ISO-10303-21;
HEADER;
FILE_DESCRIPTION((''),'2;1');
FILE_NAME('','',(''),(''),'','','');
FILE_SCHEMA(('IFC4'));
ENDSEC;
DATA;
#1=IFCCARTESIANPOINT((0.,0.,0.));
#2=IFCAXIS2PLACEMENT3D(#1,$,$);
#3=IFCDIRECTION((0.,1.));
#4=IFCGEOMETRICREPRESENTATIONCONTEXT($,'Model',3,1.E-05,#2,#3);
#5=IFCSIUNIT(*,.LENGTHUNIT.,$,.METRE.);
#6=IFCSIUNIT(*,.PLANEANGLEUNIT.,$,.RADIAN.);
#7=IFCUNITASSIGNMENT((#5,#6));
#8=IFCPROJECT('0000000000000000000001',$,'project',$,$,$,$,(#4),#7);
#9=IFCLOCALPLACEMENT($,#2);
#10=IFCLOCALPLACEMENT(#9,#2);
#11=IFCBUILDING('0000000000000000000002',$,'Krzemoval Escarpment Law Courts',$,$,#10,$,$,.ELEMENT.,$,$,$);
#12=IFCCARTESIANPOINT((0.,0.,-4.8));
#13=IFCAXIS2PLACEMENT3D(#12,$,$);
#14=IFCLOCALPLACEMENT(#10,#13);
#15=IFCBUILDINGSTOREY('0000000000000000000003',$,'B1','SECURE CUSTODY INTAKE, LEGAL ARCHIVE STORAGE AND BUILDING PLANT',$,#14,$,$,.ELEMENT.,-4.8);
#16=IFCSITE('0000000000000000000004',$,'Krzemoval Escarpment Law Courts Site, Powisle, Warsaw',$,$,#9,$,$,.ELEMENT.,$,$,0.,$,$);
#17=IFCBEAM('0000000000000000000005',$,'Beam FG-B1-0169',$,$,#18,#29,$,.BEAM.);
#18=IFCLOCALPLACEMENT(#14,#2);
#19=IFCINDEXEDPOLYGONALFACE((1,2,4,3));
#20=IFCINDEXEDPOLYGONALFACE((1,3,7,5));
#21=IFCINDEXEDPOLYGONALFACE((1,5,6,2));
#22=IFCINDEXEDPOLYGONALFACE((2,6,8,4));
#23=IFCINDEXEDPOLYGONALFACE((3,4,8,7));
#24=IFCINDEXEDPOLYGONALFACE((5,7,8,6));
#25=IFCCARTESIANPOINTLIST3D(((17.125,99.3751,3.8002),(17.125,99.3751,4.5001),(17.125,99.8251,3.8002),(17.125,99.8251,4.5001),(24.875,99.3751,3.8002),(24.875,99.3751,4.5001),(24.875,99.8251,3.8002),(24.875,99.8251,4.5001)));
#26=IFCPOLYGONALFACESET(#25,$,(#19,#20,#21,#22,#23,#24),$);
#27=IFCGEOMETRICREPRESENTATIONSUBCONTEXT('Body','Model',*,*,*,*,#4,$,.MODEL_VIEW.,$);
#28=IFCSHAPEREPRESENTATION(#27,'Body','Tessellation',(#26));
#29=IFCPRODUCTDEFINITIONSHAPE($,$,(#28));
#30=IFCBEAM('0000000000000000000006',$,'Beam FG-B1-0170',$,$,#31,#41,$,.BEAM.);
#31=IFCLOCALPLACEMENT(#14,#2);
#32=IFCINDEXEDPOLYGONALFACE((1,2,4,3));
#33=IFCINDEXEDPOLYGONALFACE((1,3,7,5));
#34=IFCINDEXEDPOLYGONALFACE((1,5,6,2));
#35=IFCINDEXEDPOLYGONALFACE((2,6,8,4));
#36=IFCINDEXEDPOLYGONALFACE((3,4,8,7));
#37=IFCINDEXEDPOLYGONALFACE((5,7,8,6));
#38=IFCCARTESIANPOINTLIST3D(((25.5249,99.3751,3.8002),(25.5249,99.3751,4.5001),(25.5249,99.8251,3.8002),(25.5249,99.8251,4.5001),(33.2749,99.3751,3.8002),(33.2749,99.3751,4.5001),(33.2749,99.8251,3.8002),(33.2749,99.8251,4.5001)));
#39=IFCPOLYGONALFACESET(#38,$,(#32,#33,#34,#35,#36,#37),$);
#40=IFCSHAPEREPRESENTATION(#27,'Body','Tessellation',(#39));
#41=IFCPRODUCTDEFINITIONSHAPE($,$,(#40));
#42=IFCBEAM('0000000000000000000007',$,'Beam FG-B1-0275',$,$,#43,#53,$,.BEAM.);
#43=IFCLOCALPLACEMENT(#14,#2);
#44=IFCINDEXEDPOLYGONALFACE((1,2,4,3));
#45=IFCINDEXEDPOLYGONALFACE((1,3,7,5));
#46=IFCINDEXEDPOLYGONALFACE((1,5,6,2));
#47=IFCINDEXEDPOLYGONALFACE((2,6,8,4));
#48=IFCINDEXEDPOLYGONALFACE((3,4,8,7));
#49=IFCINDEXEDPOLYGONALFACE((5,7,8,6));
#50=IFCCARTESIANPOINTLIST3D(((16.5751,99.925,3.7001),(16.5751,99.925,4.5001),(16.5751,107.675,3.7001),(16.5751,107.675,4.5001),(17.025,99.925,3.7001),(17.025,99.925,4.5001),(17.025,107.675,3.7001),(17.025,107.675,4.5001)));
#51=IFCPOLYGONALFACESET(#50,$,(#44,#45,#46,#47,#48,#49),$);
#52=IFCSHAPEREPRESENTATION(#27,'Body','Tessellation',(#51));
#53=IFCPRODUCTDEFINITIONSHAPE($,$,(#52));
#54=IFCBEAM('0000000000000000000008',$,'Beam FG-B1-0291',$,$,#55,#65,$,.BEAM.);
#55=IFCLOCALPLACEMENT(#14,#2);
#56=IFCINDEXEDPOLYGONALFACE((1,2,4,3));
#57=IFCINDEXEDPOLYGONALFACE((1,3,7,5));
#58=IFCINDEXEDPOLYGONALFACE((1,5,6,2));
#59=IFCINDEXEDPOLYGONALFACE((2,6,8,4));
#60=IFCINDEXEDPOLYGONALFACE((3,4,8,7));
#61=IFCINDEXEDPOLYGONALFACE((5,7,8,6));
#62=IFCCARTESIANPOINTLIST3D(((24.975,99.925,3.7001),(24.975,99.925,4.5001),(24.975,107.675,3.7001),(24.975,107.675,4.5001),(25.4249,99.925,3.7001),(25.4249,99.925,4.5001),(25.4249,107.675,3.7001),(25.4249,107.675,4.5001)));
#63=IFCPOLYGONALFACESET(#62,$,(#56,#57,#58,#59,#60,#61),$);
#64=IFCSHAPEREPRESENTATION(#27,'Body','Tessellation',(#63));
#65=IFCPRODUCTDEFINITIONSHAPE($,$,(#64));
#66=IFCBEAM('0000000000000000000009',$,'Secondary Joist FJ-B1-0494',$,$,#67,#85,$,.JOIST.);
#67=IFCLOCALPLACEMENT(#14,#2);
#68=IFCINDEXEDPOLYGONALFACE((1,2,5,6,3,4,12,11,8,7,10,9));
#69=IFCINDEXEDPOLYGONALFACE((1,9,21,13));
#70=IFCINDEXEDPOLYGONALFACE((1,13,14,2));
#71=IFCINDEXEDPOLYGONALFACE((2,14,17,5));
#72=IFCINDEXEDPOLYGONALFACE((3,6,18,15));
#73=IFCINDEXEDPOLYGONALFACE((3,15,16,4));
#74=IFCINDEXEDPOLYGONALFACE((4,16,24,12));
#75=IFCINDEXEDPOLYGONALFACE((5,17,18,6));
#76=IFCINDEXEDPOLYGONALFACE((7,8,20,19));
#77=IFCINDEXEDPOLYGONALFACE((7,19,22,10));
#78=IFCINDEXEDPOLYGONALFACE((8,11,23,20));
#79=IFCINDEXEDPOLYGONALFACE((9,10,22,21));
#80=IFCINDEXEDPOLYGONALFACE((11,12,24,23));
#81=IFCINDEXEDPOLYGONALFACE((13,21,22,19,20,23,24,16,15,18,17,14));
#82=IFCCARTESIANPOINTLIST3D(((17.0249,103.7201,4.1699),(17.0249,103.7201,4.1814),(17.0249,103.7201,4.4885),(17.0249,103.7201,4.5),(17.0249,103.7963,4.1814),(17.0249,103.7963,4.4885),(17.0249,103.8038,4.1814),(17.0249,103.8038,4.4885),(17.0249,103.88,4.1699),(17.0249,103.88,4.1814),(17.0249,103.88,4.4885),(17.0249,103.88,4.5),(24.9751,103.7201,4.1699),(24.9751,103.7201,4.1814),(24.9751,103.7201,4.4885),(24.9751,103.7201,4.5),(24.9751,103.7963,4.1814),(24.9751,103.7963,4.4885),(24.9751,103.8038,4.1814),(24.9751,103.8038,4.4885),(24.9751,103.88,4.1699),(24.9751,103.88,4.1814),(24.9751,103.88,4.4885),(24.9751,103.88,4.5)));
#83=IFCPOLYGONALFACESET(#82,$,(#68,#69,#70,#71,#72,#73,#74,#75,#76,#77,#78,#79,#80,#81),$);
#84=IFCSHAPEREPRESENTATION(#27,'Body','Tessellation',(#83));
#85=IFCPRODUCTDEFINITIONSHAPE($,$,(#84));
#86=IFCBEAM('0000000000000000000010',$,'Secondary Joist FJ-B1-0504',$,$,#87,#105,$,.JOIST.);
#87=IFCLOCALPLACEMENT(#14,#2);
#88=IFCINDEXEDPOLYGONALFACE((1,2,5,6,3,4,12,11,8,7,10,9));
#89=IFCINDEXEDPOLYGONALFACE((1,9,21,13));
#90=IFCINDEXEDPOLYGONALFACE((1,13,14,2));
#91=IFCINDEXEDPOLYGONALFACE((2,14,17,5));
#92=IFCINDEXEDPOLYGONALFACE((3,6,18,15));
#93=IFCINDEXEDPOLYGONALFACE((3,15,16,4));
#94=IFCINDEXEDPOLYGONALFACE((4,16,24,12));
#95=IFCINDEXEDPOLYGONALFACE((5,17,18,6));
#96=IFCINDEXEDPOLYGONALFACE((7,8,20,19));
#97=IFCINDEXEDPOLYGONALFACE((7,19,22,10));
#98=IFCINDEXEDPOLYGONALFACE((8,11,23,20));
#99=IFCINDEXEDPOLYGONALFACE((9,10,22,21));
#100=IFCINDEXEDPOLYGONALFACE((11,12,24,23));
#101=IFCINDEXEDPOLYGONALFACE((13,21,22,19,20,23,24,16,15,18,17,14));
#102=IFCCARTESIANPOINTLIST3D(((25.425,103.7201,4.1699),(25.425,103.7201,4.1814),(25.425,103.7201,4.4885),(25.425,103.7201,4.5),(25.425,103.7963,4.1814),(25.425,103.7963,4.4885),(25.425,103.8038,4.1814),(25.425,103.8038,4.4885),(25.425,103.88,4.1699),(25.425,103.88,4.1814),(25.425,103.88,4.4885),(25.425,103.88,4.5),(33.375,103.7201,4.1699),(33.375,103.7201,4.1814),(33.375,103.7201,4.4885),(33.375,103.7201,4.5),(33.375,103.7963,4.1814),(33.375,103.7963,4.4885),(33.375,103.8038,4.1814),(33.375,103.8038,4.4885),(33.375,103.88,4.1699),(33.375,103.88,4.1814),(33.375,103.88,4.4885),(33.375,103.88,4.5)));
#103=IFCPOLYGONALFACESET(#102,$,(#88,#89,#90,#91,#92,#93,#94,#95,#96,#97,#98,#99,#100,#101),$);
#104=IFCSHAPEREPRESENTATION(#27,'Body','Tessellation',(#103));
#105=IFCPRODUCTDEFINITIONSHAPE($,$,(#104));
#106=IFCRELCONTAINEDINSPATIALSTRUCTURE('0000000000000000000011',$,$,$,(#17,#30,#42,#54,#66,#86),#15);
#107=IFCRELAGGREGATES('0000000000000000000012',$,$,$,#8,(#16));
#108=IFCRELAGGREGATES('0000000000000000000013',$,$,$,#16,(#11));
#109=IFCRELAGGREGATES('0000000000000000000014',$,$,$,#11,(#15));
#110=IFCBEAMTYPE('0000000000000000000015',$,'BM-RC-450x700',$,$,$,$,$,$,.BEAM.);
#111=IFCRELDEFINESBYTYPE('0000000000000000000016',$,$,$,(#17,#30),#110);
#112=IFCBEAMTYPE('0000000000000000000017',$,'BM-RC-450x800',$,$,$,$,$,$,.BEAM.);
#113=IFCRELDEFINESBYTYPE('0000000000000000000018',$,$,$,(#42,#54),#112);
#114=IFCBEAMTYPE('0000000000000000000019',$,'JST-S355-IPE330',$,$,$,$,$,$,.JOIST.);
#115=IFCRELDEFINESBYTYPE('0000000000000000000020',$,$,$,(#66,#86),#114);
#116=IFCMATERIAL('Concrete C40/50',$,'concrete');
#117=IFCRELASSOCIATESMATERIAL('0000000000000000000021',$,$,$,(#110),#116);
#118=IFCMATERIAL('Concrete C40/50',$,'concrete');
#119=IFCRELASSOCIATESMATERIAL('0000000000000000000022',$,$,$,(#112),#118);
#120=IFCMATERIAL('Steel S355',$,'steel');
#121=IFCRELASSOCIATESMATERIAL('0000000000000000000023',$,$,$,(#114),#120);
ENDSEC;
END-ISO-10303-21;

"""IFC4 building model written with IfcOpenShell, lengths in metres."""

from ifc_helpers import new_model, si_unit, direction, frame, origin, origin_2d, place, context, subcontext, project, spatial, rectangle, i_section, extrude, material, material_profile, profile_set, type_object, element, save


model = new_model("IFC4")

# Units and contexts
model_context = context("Model", 3, precision=1e-05, world=origin(), true_north=direction((0.0, 1.0)))
body_context = subcontext(model_context, "Body", "Model", "MODEL_VIEW")
ifc_project = project(units=[si_unit("LENGTHUNIT", "METRE"), si_unit("PLANEANGLEUNIT", "RADIAN")], contexts=[model_context])

# Site, building, storey
site_placement = place(None, origin())
site = spatial("IfcSite", under=ifc_project, at=site_placement, Name="Krzemoval Escarpment Law Courts Site, Powisle, Warsaw", CompositionType="ELEMENT", RefElevation=0.0)
building_placement = place(site_placement, origin())
building = spatial("IfcBuilding", under=site, at=building_placement, Name="Krzemoval Escarpment Law Courts", CompositionType="ELEMENT")
storey_placement = place(building_placement, frame((0.0, 0.0, -4.8)))
storey = spatial("IfcBuildingStorey", under=building, at=storey_placement, Name="B1", Description="SECURE CUSTODY INTAKE, LEGAL ARCHIVE STORAGE AND BUILDING PLANT", CompositionType="ELEMENT", Elevation=-4.8)

# Beams
ifc_material_1 = material(Name="Concrete C40/50", Category="concrete")
ifc_material_profile_1 = material_profile(ifc_material_1, rectangle(XDim=0.45, YDim=0.7, at=origin_2d()), Name="RCB 450x700")
ifc_profile_set_1 = profile_set([ifc_material_profile_1], Name="Concrete C40/50")
beam_type_1 = type_object("IfcBeamType", Name="BM-RC-450x700", PredefinedType="BEAM", material=ifc_profile_set_1)
for number, where, z_axis, x_axis, name in (
    (1, (17.125, 99.6001, 4.1501), (1.0, 0.0, 0.0), (0.0, 1.0, 0.0), "Beam FG-B1-0169"),
    (2, (25.5249, 99.6001, 4.1501), (1.0, 0.0, 0.0), (0.0, 1.0, 0.0), "Beam FG-B1-0170"),
):
    element("IfcBeam", number, at=place(storey_placement, frame(where, z_axis=z_axis, x_axis=x_axis)), inside=storey, type_object=beam_type_1, Name=name, PredefinedType="BEAM", context=body_context, shape_type="SweptSolid", body=[
        extrude(rectangle(XDim=0.45, YDim=0.7, at=origin_2d()), origin(), (0.0, 0.0, 1.0), 7.75),
    ])
ifc_material_2 = material(Name="Concrete C40/50", Category="concrete")
ifc_material_profile_2 = material_profile(ifc_material_2, rectangle(XDim=0.45, YDim=0.8, at=origin_2d()), Name="RCB 450x800")
ifc_profile_set_2 = profile_set([ifc_material_profile_2], Name="Concrete C40/50")
beam_type_2 = type_object("IfcBeamType", Name="BM-RC-450x800", PredefinedType="BEAM", material=ifc_profile_set_2)
for number, where, z_axis, x_axis, name in (
    (3, (16.8, 99.925, 4.1001), (0.0, 1.0, 0.0), (-1.0, 0.0, 0.0), "Beam FG-B1-0275"),
    (4, (25.2, 99.925, 4.1001), (0.0, 1.0, 0.0), (-1.0, 0.0, 0.0), "Beam FG-B1-0291"),
):
    element("IfcBeam", number, at=place(storey_placement, frame(where, z_axis=z_axis, x_axis=x_axis)), inside=storey, type_object=beam_type_2, Name=name, PredefinedType="BEAM", context=body_context, shape_type="SweptSolid", body=[
        extrude(rectangle(XDim=0.45, YDim=0.8, at=origin_2d()), origin(), (0.0, 0.0, 1.0), 7.75),
    ])
ifc_material_3 = material(Name="Steel S355", Category="steel")
ifc_material_profile_3 = material_profile(ifc_material_3, i_section(OverallWidth=0.1599, OverallDepth=0.3301, WebThickness=0.0076, FlangeThickness=0.0115, at=origin_2d()), Name="IPE 330")
ifc_profile_set_3 = profile_set([ifc_material_profile_3], Name="Steel S355")
beam_type_3 = type_object("IfcBeamType", Name="JST-S355-IPE330", PredefinedType="JOIST", material=ifc_profile_set_3)
beam_1_placement = place(storey_placement, frame((17.0249, 103.8, 4.335), z_axis=(1.0, 0.0, 0.0), x_axis=(0.0, 1.0, 0.0)))
element("IfcBeam", 5, at=beam_1_placement, inside=storey, type_object=beam_type_3, Name="Secondary Joist FJ-B1-0494", PredefinedType="JOIST", context=body_context, shape_type="SweptSolid", body=[
    extrude(i_section(OverallWidth=0.1599, OverallDepth=0.3301, WebThickness=0.0076, FlangeThickness=0.0115, at=origin_2d()), origin(), (0.0, 0.0, 1.0), 7.9502),
])
beam_2_placement = place(storey_placement, frame((25.425, 103.8, 4.335), z_axis=(1.0, 0.0, 0.0), x_axis=(0.0, 1.0, 0.0)))
element("IfcBeam", 6, at=beam_2_placement, inside=storey, type_object=beam_type_3, Name="Secondary Joist FJ-B1-0504", PredefinedType="JOIST", context=body_context, shape_type="SweptSolid", body=[
    extrude(i_section(OverallWidth=0.1599, OverallDepth=0.3301, WebThickness=0.0076, FlangeThickness=0.0115, at=origin_2d()), origin(), (0.0, 0.0, 1.0), 7.95),
])

save(model, "model.ifc")
